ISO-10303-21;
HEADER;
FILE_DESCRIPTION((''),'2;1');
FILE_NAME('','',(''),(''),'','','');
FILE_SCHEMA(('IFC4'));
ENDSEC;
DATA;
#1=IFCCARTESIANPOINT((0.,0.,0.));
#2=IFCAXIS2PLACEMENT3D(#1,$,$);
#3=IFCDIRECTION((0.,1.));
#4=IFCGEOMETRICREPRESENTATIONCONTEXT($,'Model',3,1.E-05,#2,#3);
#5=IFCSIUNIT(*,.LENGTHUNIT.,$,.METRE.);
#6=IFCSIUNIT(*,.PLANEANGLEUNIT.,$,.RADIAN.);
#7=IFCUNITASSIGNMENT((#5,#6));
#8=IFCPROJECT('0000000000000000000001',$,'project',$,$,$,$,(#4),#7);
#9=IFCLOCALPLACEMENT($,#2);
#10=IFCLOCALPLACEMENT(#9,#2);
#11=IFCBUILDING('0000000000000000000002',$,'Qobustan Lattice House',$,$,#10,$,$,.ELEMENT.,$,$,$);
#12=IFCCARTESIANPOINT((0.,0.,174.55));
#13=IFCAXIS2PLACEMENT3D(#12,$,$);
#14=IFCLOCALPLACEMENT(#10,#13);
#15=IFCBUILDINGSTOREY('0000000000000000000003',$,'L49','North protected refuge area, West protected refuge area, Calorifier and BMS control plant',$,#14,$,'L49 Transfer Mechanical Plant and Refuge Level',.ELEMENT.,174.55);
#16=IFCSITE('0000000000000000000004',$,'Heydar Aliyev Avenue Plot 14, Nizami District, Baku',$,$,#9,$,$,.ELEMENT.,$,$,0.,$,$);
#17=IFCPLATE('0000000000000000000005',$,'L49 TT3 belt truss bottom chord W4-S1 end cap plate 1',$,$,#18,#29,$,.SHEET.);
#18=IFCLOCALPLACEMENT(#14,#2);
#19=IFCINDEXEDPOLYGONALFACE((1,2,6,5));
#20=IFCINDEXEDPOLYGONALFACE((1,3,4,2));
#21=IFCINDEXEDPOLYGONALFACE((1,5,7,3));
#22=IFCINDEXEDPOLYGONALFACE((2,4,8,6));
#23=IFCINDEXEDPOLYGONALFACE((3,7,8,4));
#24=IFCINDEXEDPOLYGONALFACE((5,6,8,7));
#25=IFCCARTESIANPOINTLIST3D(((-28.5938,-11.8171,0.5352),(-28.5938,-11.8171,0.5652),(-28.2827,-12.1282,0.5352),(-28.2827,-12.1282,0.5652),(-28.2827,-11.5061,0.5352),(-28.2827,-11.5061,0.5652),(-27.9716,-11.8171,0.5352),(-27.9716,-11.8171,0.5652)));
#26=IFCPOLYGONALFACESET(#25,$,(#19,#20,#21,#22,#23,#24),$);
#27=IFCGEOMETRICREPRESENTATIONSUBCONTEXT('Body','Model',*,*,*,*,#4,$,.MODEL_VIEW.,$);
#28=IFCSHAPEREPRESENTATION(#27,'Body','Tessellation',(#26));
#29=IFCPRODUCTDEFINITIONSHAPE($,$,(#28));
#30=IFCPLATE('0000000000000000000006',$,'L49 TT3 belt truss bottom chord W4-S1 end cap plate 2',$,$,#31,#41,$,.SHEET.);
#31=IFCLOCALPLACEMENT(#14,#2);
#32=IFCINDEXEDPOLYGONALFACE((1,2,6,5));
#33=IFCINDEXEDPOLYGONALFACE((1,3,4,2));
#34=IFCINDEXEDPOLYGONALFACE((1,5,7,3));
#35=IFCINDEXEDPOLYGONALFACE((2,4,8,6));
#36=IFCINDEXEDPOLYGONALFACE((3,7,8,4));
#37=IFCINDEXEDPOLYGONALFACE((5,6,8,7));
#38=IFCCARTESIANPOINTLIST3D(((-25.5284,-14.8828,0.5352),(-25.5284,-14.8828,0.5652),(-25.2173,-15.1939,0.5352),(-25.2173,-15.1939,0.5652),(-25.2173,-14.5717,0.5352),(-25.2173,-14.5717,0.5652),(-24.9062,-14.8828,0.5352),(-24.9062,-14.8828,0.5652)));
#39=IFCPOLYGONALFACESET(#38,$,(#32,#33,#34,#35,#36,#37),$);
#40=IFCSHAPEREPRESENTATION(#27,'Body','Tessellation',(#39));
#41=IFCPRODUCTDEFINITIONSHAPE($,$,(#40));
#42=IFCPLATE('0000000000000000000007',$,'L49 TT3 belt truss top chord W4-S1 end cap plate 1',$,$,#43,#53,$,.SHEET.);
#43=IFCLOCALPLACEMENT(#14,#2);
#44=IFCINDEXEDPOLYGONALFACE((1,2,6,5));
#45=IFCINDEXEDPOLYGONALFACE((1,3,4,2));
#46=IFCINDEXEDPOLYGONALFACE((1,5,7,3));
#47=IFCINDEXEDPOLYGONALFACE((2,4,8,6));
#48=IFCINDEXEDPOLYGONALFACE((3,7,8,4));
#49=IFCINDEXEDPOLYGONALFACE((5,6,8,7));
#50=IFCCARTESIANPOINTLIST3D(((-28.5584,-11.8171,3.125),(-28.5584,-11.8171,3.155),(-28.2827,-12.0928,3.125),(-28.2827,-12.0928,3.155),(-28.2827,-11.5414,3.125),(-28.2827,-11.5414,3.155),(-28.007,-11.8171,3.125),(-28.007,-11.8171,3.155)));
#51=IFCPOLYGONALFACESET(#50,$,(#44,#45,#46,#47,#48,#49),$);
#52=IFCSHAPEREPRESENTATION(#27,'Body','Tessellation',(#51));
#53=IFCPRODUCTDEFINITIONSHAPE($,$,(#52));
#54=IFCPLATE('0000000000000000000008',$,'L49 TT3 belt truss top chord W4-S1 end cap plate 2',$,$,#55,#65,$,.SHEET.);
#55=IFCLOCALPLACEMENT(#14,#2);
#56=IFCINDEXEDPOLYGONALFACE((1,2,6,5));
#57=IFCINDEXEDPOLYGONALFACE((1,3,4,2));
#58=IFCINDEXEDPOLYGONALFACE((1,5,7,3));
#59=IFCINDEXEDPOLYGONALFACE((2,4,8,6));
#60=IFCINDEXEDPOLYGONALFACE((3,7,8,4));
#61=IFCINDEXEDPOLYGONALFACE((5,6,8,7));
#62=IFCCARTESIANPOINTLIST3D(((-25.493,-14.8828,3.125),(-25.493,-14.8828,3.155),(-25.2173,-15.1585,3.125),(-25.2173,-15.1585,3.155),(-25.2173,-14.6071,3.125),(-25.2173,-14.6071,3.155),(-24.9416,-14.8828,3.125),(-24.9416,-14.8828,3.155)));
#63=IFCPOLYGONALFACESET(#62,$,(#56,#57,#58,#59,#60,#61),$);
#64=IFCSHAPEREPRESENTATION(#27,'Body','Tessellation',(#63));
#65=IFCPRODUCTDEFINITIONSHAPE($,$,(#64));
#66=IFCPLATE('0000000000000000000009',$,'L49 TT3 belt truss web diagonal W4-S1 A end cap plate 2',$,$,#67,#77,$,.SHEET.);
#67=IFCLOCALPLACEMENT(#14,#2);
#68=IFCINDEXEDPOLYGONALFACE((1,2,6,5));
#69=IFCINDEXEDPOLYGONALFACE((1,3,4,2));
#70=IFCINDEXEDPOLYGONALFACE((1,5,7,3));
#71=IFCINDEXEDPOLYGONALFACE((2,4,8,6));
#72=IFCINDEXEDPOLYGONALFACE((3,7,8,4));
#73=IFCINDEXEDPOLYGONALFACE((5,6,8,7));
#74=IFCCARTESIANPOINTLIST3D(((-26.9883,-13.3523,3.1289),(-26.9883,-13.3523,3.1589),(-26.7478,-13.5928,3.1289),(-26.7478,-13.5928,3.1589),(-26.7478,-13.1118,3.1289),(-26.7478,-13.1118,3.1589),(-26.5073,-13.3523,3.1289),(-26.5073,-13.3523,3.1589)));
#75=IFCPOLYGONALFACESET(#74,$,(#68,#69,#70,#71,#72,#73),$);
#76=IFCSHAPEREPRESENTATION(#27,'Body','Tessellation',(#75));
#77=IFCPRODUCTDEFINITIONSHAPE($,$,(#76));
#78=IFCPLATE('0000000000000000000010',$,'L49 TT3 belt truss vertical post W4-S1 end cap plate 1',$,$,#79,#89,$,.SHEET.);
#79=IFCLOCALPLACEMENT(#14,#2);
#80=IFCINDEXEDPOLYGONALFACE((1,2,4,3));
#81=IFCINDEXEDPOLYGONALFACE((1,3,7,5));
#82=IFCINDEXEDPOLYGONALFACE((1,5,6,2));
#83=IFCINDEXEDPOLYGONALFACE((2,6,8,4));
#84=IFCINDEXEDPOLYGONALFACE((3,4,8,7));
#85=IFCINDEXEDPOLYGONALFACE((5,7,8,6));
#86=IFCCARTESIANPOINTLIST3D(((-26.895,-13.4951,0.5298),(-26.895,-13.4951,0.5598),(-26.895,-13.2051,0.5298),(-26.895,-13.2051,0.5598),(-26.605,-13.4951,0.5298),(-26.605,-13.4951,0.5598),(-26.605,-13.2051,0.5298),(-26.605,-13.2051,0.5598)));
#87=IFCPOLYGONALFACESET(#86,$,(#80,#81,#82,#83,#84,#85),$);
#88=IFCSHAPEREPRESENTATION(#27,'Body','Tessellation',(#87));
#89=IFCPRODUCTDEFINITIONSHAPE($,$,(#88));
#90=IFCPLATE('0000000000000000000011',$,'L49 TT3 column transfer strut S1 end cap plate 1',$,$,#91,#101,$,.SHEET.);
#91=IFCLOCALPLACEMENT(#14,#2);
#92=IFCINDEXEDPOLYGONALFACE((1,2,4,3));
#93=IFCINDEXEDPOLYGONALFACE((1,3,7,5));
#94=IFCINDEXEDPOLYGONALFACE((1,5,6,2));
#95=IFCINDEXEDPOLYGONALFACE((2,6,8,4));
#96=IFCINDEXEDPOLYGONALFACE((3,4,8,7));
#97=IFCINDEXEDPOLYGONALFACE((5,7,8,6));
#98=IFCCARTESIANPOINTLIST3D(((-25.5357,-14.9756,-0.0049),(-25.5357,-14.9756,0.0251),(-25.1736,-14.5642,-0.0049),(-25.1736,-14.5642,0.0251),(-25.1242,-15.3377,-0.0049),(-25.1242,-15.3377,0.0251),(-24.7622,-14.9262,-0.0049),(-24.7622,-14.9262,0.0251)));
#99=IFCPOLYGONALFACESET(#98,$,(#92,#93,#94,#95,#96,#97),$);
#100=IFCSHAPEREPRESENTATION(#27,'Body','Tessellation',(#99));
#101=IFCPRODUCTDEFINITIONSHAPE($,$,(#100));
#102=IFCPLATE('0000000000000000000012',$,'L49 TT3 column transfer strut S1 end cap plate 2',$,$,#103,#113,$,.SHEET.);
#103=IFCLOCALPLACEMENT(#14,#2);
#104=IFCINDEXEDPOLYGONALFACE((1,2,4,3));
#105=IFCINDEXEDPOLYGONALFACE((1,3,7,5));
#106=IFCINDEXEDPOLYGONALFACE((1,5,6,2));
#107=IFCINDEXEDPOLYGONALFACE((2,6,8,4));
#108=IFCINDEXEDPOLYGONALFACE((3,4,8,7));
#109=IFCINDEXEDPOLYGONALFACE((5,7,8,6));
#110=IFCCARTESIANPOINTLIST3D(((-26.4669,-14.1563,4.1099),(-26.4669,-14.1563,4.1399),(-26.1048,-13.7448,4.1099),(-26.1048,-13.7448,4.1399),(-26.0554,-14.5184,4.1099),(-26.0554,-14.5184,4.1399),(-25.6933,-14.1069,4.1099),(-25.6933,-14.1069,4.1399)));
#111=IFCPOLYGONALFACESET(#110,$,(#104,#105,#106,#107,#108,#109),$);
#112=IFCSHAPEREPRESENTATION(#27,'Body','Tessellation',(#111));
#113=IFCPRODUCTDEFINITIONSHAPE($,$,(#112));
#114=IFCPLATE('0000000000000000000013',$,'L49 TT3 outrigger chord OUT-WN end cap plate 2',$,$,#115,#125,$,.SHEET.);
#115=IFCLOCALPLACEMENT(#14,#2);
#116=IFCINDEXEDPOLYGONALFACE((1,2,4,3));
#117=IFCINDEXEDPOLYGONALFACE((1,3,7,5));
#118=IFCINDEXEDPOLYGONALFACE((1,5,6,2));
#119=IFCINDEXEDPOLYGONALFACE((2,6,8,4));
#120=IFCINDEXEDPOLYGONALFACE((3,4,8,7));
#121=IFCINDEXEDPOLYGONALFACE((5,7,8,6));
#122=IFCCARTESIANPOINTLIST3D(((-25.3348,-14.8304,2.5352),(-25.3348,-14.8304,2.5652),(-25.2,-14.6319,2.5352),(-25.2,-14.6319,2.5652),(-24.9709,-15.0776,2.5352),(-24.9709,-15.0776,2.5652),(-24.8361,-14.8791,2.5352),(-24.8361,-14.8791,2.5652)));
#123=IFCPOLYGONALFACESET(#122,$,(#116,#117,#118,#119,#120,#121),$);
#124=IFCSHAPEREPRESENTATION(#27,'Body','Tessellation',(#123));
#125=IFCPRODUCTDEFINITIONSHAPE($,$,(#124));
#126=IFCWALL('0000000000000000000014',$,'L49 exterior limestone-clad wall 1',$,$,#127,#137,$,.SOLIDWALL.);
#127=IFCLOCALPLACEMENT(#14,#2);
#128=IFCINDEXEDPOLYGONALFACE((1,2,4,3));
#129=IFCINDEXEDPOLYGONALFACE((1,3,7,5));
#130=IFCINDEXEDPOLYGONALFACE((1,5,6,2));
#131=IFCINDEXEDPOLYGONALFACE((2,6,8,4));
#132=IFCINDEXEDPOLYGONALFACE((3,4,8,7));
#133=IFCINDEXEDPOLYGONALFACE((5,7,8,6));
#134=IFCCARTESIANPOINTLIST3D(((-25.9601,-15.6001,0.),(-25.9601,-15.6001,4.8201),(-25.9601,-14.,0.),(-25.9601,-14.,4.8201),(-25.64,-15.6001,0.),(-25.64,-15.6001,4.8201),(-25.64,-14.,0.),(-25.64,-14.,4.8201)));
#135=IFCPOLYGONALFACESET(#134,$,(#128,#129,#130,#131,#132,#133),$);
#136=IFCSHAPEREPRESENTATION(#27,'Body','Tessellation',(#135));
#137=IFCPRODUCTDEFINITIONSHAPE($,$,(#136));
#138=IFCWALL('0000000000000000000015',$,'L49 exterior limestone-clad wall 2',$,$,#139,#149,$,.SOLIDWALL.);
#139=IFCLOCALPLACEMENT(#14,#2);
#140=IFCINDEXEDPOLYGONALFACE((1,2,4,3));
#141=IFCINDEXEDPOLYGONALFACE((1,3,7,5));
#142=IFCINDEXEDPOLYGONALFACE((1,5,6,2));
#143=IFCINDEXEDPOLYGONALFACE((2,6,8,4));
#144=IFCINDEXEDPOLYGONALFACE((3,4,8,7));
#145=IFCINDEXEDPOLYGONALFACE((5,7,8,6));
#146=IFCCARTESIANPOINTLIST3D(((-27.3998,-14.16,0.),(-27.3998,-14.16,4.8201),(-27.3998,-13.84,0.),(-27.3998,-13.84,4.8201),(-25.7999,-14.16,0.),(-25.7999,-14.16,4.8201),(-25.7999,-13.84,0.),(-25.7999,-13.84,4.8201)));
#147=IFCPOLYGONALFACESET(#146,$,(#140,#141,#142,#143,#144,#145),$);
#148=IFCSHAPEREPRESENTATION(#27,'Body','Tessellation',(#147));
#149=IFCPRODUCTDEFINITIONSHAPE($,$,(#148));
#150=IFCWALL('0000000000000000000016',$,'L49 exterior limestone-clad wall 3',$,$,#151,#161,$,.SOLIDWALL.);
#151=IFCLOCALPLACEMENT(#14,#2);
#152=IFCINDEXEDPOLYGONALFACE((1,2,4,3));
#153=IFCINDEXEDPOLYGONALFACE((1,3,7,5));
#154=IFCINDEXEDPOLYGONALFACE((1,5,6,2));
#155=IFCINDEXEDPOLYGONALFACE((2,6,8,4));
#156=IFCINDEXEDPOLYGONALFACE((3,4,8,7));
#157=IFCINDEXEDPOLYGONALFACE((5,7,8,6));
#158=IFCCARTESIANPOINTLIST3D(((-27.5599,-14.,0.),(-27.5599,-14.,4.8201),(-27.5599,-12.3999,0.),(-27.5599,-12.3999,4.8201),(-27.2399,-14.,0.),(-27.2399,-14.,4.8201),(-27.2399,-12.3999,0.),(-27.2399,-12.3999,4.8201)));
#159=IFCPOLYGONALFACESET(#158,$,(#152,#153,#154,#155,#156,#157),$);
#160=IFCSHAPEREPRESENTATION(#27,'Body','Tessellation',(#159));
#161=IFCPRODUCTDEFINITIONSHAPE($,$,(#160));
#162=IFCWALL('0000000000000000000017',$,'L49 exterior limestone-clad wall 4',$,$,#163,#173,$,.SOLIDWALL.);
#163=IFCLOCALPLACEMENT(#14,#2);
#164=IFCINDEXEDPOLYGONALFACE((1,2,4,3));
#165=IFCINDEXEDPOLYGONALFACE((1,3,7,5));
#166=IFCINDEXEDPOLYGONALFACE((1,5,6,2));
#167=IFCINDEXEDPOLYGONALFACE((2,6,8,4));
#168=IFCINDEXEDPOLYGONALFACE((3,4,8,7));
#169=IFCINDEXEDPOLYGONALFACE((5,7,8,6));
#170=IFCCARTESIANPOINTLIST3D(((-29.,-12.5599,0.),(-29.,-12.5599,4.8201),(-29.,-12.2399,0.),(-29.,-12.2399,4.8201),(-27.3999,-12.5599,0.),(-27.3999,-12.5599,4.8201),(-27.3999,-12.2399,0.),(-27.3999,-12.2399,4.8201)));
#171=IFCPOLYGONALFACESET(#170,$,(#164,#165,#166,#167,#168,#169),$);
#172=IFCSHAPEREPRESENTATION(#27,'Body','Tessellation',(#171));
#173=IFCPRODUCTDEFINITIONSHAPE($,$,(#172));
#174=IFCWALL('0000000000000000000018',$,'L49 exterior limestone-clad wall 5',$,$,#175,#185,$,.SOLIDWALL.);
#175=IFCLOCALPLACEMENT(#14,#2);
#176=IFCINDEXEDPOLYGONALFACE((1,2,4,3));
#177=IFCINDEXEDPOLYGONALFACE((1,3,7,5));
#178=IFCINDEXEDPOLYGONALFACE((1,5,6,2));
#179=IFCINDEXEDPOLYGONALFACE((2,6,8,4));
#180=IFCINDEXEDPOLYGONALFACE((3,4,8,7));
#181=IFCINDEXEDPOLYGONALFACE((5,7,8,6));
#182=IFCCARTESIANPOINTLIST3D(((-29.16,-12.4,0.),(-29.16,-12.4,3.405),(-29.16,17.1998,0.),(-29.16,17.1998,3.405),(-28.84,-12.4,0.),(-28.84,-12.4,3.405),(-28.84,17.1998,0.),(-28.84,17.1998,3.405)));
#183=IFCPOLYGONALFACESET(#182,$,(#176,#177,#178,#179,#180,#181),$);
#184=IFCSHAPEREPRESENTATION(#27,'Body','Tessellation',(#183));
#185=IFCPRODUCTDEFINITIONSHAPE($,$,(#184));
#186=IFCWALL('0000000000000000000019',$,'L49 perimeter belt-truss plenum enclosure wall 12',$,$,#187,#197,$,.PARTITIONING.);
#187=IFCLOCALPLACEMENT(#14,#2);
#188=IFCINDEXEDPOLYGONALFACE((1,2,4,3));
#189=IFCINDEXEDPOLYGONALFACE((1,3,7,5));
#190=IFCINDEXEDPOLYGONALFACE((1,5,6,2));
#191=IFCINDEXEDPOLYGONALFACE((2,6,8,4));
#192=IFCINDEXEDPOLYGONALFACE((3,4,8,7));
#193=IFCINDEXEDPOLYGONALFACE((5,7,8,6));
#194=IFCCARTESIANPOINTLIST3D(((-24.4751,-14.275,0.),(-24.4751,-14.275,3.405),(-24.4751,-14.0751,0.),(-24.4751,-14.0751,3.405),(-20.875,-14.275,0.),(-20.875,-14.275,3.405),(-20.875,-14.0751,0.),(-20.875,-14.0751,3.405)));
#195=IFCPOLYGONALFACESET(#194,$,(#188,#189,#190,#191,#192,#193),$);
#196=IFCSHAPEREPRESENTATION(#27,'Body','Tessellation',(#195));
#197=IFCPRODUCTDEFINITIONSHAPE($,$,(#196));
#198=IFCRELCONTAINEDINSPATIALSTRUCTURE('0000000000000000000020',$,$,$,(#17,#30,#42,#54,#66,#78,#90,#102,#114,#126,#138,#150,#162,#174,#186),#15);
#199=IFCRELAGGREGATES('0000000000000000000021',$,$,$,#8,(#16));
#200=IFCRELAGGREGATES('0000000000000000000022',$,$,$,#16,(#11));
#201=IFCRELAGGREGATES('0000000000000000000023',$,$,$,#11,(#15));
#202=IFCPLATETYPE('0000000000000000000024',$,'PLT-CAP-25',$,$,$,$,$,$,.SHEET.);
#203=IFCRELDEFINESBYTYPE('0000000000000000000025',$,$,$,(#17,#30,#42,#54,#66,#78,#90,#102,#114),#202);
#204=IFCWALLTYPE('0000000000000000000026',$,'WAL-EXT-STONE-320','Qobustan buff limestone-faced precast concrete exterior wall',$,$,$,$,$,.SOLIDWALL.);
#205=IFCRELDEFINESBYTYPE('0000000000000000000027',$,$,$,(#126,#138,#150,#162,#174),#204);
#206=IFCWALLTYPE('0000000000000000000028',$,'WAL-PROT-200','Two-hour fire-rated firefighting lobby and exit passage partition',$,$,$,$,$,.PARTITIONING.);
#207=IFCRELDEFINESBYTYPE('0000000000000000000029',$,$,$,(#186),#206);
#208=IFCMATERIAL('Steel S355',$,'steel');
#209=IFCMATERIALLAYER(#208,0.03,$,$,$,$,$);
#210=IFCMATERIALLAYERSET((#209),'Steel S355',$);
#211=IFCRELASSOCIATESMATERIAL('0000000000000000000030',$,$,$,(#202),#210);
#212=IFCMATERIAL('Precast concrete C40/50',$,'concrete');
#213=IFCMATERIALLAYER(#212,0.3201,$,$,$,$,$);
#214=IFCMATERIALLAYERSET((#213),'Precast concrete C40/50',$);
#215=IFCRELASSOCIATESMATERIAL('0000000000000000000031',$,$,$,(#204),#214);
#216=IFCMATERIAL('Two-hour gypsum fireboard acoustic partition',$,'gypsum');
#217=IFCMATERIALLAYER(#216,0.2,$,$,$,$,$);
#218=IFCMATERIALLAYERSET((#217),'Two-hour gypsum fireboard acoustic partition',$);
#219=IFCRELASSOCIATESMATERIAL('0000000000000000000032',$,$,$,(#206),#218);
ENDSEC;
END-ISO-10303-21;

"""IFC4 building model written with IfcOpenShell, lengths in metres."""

from ifc_helpers import new_model, si_unit, direction, frame, frame_2d, origin, origin_2d, place, context, subcontext, project, spatial, rectangle, extrude, material, layer, layer_set, type_object, element, save


model = new_model("IFC4")

# Units and contexts
model_context = context("Model", 3, precision=1e-05, world=origin(), true_north=direction((0.0, 1.0)))
body_context = subcontext(model_context, "Body", "Model", "MODEL_VIEW")
ifc_project = project(units=[si_unit("LENGTHUNIT", "METRE"), si_unit("PLANEANGLEUNIT", "RADIAN")], contexts=[model_context])

# Site, building, storey
site_placement = place(None, origin())
site = spatial("IfcSite", under=ifc_project, at=site_placement, Name="Heydar Aliyev Avenue Plot 14, Nizami District, Baku", CompositionType="ELEMENT", RefElevation=0.0)
building_placement = place(site_placement, origin())
building = spatial("IfcBuilding", under=site, at=building_placement, Name="Qobustan Lattice House", CompositionType="ELEMENT")
storey_placement = place(building_placement, frame((0.0, 0.0, 174.55)))
storey = spatial("IfcBuildingStorey", under=building, at=storey_placement, Name="L49", Description="North protected refuge area, West protected refuge area, Calorifier and BMS control plant", LongName="L49 Transfer Mechanical Plant and Refuge Level", CompositionType="ELEMENT", Elevation=174.55)

# Plates
ifc_material_1 = material(Name="Steel S355", Category="steel")
ifc_layer_1 = layer(ifc_material_1, 0.03)
ifc_layer_set_1 = layer_set([ifc_layer_1], Name="Steel S355")
plate_type = type_object("IfcPlateType", Name="PLT-CAP-25", PredefinedType="SHEET", material=ifc_layer_set_1)
for number, where, z_axis, x_axis, name in (
    (1, (-28.2827, -11.8171, 0.5352), (0.0, 0.0, 1.0), (0.707107, -0.707107, 0.0), "L49 TT3 belt truss bottom chord W4-S1 end cap plate 1"),
    (2, (-25.2173, -14.8828, 0.5352), (0.0, 0.0, 1.0), (0.707107, -0.707107, 0.0), "L49 TT3 belt truss bottom chord W4-S1 end cap plate 2"),
):
    element("IfcPlate", number, at=place(storey_placement, frame(where, z_axis=z_axis, x_axis=x_axis)), inside=storey, type_object=plate_type, Name=name, PredefinedType="SHEET", context=body_context, shape_type="SweptSolid", body=[
        extrude(rectangle(XDim=0.4399, YDim=0.4399, at=origin_2d()), origin(), (0.0, 0.0, 1.0), 0.03),
    ])
for number, where, z_axis, x_axis, name in (
    (3, (-28.2827, -11.8171, 3.125), (0.0, 0.0, 1.0), (0.707107, -0.707107, 0.0), "L49 TT3 belt truss top chord W4-S1 end cap plate 1"),
    (4, (-25.2173, -14.8828, 3.125), (0.0, 0.0, 1.0), (0.707107, -0.707107, 0.0), "L49 TT3 belt truss top chord W4-S1 end cap plate 2"),
):
    element("IfcPlate", number, at=place(storey_placement, frame(where, z_axis=z_axis, x_axis=x_axis)), inside=storey, type_object=plate_type, Name=name, PredefinedType="SHEET", context=body_context, shape_type="SweptSolid", body=[
        extrude(rectangle(XDim=0.3899, YDim=0.3899, at=origin_2d()), origin(), (0.0, 0.0, 1.0), 0.03),
    ])
plate_1_placement = place(storey_placement, frame((-26.7478, -13.3523, 3.1289), z_axis=(0.0, 0.0, 1.0), x_axis=(0.707107, -0.707107, 0.0)))
element("IfcPlate", 5, at=plate_1_placement, inside=storey, type_object=plate_type, Name="L49 TT3 belt truss web diagonal W4-S1 A end cap plate 2", PredefinedType="SHEET", context=body_context, shape_type="SweptSolid", body=[
    extrude(rectangle(XDim=0.3401, YDim=0.3401, at=origin_2d()), origin(), (0.0, 0.0, 1.0), 0.03),
])
plate_2_placement = place(storey_placement, frame((-26.75, -13.3501, 0.5298), z_axis=(0.0, 0.0, 1.0), x_axis=(1.0, 0.0, 0.0)))
element("IfcPlate", 6, at=plate_2_placement, inside=storey, type_object=plate_type, Name="L49 TT3 belt truss vertical post W4-S1 end cap plate 1", PredefinedType="SHEET", context=body_context, shape_type="SweptSolid", body=[
    extrude(rectangle(XDim=0.29, YDim=0.29, at=origin_2d()), origin(), (0.0, 0.0, 1.0), 0.03),
])
for number, where, z_axis, x_axis, name in (
    (7, (-25.1489, -14.9509, -0.0049), (0.0, 0.0, 1.0), (-0.750722, 0.660618, 0.0), "L49 TT3 column transfer strut S1 end cap plate 1"),
    (8, (-26.0801, -14.1316, 4.1099), (0.0, 0.0, 1.0), (-0.750722, 0.660618, 0.0), "L49 TT3 column transfer strut S1 end cap plate 2"),
):
    element("IfcPlate", number, at=place(storey_placement, frame(where, z_axis=z_axis, x_axis=x_axis)), inside=storey, type_object=plate_type, Name=name, PredefinedType="SHEET", context=body_context, shape_type="SweptSolid", body=[
        extrude(rectangle(XDim=0.5481, YDim=0.5481, at=origin_2d()), origin(), (0.0, 0.0, 1.0), 0.03),
    ])
plate_3_placement = place(storey_placement, frame((-25.0854, -14.8547, 2.5352), z_axis=(0.0, 0.0, 1.0), x_axis=(-0.561838, -0.827247, 0.0)))
element("IfcPlate", 9, at=plate_3_placement, inside=storey, type_object=plate_type, Name="L49 TT3 outrigger chord OUT-WN end cap plate 2", PredefinedType="SHEET", context=body_context, shape_type="SweptSolid", body=[
    extrude(rectangle(XDim=0.24, YDim=0.4399, at=origin_2d()), origin(), (0.0, 0.0, 1.0), 0.03),
])

# Walls
ifc_material_2 = material(Name="Precast concrete C40/50", Category="concrete")
ifc_layer_2 = layer(ifc_material_2, 0.3201)
ifc_layer_set_2 = layer_set([ifc_layer_2], Name="Precast concrete C40/50")
wall_type_1 = type_object("IfcWallType", Name="WAL-EXT-STONE-320", Description="Qobustan buff limestone-faced precast concrete exterior wall", PredefinedType="SOLIDWALL", material=ifc_layer_set_2)
wall_1_placement = place(storey_placement, frame((-25.8, -15.6001, 0.0), z_axis=(0.0, 0.0, 1.0), x_axis=(0.0, 1.0, 0.0)))
element("IfcWall", 10, at=wall_1_placement, inside=storey, type_object=wall_type_1, Name="L49 exterior limestone-clad wall 1", PredefinedType="SOLIDWALL", context=body_context, shape_type="SweptSolid", body=[
    extrude(rectangle(XDim=1.6001, YDim=0.3201, at=frame_2d((0.8, 0.0))), origin(), (0.0, 0.0, 1.0), 4.8201),
])
wall_2_placement = place(storey_placement, frame((-25.8, -14.0, 0.0), z_axis=(0.0, 0.0, 1.0), x_axis=(-1.0, 0.0, 0.0)))
element("IfcWall", 11, at=wall_2_placement, inside=storey, type_object=wall_type_1, Name="L49 exterior limestone-clad wall 2", PredefinedType="SOLIDWALL", context=body_context, shape_type="SweptSolid", body=[
    extrude(rectangle(XDim=1.5999, YDim=0.3201, at=frame_2d((0.7998, 0.0))), origin(), (0.0, 0.0, 1.0), 4.8201),
])
for number, where, z_axis, x_axis, name in (
    (12, (-27.3999, -14.0, 0.0), (0.0, 0.0, 1.0), (0.0, 1.0, 0.0), "L49 exterior limestone-clad wall 3"),
    (13, (-27.3999, -12.3999, 0.0), (0.0, 0.0, 1.0), (-1.0, 0.0, 0.0), "L49 exterior limestone-clad wall 4"),
):
    element("IfcWall", number, at=place(storey_placement, frame(where, z_axis=z_axis, x_axis=x_axis)), inside=storey, type_object=wall_type_1, Name=name, PredefinedType="SOLIDWALL", context=body_context, shape_type="SweptSolid", body=[
        extrude(rectangle(XDim=1.6001, YDim=0.3201, at=frame_2d((0.8, 0.0))), origin(), (0.0, 0.0, 1.0), 4.8201),
    ])
wall_3_placement = place(storey_placement, frame((-29.0, -12.3999, 0.0), z_axis=(0.0, 0.0, 1.0), x_axis=(0.0, 1.0, 0.0)))
element("IfcWall", 14, at=wall_3_placement, inside=storey, type_object=wall_type_1, Name="L49 exterior limestone-clad wall 5", PredefinedType="SOLIDWALL", context=body_context, shape_type="SweptSolid", body=[
    extrude(rectangle(XDim=29.5999, YDim=0.3201, at=frame_2d((14.7998, 0.0))), origin(), (0.0, 0.0, 1.0), 3.405),
])
ifc_material_3 = material(Name="Two-hour gypsum fireboard acoustic partition", Category="gypsum")
ifc_layer_3 = layer(ifc_material_3, 0.2)
ifc_layer_set_3 = layer_set([ifc_layer_3], Name="Two-hour gypsum fireboard acoustic partition")
wall_type_2 = type_object("IfcWallType", Name="WAL-PROT-200", Description="Two-hour fire-rated firefighting lobby and exit passage partition", PredefinedType="PARTITIONING", material=ifc_layer_set_3)
wall_4_placement = place(storey_placement, frame((-20.875, -14.175, 0.0), z_axis=(0.0, 0.0, 1.0), x_axis=(-1.0, 0.0, 0.0)))
element("IfcWall", 15, at=wall_4_placement, inside=storey, type_object=wall_type_2, Name="L49 perimeter belt-truss plenum enclosure wall 12", PredefinedType="PARTITIONING", context=body_context, shape_type="SweptSolid", body=[
    extrude(rectangle(XDim=3.6001, YDim=0.2, at=frame_2d((1.8, 0.0))), origin(), (0.0, 0.0, 1.0), 3.405),
])

save(model, "model.ifc")
